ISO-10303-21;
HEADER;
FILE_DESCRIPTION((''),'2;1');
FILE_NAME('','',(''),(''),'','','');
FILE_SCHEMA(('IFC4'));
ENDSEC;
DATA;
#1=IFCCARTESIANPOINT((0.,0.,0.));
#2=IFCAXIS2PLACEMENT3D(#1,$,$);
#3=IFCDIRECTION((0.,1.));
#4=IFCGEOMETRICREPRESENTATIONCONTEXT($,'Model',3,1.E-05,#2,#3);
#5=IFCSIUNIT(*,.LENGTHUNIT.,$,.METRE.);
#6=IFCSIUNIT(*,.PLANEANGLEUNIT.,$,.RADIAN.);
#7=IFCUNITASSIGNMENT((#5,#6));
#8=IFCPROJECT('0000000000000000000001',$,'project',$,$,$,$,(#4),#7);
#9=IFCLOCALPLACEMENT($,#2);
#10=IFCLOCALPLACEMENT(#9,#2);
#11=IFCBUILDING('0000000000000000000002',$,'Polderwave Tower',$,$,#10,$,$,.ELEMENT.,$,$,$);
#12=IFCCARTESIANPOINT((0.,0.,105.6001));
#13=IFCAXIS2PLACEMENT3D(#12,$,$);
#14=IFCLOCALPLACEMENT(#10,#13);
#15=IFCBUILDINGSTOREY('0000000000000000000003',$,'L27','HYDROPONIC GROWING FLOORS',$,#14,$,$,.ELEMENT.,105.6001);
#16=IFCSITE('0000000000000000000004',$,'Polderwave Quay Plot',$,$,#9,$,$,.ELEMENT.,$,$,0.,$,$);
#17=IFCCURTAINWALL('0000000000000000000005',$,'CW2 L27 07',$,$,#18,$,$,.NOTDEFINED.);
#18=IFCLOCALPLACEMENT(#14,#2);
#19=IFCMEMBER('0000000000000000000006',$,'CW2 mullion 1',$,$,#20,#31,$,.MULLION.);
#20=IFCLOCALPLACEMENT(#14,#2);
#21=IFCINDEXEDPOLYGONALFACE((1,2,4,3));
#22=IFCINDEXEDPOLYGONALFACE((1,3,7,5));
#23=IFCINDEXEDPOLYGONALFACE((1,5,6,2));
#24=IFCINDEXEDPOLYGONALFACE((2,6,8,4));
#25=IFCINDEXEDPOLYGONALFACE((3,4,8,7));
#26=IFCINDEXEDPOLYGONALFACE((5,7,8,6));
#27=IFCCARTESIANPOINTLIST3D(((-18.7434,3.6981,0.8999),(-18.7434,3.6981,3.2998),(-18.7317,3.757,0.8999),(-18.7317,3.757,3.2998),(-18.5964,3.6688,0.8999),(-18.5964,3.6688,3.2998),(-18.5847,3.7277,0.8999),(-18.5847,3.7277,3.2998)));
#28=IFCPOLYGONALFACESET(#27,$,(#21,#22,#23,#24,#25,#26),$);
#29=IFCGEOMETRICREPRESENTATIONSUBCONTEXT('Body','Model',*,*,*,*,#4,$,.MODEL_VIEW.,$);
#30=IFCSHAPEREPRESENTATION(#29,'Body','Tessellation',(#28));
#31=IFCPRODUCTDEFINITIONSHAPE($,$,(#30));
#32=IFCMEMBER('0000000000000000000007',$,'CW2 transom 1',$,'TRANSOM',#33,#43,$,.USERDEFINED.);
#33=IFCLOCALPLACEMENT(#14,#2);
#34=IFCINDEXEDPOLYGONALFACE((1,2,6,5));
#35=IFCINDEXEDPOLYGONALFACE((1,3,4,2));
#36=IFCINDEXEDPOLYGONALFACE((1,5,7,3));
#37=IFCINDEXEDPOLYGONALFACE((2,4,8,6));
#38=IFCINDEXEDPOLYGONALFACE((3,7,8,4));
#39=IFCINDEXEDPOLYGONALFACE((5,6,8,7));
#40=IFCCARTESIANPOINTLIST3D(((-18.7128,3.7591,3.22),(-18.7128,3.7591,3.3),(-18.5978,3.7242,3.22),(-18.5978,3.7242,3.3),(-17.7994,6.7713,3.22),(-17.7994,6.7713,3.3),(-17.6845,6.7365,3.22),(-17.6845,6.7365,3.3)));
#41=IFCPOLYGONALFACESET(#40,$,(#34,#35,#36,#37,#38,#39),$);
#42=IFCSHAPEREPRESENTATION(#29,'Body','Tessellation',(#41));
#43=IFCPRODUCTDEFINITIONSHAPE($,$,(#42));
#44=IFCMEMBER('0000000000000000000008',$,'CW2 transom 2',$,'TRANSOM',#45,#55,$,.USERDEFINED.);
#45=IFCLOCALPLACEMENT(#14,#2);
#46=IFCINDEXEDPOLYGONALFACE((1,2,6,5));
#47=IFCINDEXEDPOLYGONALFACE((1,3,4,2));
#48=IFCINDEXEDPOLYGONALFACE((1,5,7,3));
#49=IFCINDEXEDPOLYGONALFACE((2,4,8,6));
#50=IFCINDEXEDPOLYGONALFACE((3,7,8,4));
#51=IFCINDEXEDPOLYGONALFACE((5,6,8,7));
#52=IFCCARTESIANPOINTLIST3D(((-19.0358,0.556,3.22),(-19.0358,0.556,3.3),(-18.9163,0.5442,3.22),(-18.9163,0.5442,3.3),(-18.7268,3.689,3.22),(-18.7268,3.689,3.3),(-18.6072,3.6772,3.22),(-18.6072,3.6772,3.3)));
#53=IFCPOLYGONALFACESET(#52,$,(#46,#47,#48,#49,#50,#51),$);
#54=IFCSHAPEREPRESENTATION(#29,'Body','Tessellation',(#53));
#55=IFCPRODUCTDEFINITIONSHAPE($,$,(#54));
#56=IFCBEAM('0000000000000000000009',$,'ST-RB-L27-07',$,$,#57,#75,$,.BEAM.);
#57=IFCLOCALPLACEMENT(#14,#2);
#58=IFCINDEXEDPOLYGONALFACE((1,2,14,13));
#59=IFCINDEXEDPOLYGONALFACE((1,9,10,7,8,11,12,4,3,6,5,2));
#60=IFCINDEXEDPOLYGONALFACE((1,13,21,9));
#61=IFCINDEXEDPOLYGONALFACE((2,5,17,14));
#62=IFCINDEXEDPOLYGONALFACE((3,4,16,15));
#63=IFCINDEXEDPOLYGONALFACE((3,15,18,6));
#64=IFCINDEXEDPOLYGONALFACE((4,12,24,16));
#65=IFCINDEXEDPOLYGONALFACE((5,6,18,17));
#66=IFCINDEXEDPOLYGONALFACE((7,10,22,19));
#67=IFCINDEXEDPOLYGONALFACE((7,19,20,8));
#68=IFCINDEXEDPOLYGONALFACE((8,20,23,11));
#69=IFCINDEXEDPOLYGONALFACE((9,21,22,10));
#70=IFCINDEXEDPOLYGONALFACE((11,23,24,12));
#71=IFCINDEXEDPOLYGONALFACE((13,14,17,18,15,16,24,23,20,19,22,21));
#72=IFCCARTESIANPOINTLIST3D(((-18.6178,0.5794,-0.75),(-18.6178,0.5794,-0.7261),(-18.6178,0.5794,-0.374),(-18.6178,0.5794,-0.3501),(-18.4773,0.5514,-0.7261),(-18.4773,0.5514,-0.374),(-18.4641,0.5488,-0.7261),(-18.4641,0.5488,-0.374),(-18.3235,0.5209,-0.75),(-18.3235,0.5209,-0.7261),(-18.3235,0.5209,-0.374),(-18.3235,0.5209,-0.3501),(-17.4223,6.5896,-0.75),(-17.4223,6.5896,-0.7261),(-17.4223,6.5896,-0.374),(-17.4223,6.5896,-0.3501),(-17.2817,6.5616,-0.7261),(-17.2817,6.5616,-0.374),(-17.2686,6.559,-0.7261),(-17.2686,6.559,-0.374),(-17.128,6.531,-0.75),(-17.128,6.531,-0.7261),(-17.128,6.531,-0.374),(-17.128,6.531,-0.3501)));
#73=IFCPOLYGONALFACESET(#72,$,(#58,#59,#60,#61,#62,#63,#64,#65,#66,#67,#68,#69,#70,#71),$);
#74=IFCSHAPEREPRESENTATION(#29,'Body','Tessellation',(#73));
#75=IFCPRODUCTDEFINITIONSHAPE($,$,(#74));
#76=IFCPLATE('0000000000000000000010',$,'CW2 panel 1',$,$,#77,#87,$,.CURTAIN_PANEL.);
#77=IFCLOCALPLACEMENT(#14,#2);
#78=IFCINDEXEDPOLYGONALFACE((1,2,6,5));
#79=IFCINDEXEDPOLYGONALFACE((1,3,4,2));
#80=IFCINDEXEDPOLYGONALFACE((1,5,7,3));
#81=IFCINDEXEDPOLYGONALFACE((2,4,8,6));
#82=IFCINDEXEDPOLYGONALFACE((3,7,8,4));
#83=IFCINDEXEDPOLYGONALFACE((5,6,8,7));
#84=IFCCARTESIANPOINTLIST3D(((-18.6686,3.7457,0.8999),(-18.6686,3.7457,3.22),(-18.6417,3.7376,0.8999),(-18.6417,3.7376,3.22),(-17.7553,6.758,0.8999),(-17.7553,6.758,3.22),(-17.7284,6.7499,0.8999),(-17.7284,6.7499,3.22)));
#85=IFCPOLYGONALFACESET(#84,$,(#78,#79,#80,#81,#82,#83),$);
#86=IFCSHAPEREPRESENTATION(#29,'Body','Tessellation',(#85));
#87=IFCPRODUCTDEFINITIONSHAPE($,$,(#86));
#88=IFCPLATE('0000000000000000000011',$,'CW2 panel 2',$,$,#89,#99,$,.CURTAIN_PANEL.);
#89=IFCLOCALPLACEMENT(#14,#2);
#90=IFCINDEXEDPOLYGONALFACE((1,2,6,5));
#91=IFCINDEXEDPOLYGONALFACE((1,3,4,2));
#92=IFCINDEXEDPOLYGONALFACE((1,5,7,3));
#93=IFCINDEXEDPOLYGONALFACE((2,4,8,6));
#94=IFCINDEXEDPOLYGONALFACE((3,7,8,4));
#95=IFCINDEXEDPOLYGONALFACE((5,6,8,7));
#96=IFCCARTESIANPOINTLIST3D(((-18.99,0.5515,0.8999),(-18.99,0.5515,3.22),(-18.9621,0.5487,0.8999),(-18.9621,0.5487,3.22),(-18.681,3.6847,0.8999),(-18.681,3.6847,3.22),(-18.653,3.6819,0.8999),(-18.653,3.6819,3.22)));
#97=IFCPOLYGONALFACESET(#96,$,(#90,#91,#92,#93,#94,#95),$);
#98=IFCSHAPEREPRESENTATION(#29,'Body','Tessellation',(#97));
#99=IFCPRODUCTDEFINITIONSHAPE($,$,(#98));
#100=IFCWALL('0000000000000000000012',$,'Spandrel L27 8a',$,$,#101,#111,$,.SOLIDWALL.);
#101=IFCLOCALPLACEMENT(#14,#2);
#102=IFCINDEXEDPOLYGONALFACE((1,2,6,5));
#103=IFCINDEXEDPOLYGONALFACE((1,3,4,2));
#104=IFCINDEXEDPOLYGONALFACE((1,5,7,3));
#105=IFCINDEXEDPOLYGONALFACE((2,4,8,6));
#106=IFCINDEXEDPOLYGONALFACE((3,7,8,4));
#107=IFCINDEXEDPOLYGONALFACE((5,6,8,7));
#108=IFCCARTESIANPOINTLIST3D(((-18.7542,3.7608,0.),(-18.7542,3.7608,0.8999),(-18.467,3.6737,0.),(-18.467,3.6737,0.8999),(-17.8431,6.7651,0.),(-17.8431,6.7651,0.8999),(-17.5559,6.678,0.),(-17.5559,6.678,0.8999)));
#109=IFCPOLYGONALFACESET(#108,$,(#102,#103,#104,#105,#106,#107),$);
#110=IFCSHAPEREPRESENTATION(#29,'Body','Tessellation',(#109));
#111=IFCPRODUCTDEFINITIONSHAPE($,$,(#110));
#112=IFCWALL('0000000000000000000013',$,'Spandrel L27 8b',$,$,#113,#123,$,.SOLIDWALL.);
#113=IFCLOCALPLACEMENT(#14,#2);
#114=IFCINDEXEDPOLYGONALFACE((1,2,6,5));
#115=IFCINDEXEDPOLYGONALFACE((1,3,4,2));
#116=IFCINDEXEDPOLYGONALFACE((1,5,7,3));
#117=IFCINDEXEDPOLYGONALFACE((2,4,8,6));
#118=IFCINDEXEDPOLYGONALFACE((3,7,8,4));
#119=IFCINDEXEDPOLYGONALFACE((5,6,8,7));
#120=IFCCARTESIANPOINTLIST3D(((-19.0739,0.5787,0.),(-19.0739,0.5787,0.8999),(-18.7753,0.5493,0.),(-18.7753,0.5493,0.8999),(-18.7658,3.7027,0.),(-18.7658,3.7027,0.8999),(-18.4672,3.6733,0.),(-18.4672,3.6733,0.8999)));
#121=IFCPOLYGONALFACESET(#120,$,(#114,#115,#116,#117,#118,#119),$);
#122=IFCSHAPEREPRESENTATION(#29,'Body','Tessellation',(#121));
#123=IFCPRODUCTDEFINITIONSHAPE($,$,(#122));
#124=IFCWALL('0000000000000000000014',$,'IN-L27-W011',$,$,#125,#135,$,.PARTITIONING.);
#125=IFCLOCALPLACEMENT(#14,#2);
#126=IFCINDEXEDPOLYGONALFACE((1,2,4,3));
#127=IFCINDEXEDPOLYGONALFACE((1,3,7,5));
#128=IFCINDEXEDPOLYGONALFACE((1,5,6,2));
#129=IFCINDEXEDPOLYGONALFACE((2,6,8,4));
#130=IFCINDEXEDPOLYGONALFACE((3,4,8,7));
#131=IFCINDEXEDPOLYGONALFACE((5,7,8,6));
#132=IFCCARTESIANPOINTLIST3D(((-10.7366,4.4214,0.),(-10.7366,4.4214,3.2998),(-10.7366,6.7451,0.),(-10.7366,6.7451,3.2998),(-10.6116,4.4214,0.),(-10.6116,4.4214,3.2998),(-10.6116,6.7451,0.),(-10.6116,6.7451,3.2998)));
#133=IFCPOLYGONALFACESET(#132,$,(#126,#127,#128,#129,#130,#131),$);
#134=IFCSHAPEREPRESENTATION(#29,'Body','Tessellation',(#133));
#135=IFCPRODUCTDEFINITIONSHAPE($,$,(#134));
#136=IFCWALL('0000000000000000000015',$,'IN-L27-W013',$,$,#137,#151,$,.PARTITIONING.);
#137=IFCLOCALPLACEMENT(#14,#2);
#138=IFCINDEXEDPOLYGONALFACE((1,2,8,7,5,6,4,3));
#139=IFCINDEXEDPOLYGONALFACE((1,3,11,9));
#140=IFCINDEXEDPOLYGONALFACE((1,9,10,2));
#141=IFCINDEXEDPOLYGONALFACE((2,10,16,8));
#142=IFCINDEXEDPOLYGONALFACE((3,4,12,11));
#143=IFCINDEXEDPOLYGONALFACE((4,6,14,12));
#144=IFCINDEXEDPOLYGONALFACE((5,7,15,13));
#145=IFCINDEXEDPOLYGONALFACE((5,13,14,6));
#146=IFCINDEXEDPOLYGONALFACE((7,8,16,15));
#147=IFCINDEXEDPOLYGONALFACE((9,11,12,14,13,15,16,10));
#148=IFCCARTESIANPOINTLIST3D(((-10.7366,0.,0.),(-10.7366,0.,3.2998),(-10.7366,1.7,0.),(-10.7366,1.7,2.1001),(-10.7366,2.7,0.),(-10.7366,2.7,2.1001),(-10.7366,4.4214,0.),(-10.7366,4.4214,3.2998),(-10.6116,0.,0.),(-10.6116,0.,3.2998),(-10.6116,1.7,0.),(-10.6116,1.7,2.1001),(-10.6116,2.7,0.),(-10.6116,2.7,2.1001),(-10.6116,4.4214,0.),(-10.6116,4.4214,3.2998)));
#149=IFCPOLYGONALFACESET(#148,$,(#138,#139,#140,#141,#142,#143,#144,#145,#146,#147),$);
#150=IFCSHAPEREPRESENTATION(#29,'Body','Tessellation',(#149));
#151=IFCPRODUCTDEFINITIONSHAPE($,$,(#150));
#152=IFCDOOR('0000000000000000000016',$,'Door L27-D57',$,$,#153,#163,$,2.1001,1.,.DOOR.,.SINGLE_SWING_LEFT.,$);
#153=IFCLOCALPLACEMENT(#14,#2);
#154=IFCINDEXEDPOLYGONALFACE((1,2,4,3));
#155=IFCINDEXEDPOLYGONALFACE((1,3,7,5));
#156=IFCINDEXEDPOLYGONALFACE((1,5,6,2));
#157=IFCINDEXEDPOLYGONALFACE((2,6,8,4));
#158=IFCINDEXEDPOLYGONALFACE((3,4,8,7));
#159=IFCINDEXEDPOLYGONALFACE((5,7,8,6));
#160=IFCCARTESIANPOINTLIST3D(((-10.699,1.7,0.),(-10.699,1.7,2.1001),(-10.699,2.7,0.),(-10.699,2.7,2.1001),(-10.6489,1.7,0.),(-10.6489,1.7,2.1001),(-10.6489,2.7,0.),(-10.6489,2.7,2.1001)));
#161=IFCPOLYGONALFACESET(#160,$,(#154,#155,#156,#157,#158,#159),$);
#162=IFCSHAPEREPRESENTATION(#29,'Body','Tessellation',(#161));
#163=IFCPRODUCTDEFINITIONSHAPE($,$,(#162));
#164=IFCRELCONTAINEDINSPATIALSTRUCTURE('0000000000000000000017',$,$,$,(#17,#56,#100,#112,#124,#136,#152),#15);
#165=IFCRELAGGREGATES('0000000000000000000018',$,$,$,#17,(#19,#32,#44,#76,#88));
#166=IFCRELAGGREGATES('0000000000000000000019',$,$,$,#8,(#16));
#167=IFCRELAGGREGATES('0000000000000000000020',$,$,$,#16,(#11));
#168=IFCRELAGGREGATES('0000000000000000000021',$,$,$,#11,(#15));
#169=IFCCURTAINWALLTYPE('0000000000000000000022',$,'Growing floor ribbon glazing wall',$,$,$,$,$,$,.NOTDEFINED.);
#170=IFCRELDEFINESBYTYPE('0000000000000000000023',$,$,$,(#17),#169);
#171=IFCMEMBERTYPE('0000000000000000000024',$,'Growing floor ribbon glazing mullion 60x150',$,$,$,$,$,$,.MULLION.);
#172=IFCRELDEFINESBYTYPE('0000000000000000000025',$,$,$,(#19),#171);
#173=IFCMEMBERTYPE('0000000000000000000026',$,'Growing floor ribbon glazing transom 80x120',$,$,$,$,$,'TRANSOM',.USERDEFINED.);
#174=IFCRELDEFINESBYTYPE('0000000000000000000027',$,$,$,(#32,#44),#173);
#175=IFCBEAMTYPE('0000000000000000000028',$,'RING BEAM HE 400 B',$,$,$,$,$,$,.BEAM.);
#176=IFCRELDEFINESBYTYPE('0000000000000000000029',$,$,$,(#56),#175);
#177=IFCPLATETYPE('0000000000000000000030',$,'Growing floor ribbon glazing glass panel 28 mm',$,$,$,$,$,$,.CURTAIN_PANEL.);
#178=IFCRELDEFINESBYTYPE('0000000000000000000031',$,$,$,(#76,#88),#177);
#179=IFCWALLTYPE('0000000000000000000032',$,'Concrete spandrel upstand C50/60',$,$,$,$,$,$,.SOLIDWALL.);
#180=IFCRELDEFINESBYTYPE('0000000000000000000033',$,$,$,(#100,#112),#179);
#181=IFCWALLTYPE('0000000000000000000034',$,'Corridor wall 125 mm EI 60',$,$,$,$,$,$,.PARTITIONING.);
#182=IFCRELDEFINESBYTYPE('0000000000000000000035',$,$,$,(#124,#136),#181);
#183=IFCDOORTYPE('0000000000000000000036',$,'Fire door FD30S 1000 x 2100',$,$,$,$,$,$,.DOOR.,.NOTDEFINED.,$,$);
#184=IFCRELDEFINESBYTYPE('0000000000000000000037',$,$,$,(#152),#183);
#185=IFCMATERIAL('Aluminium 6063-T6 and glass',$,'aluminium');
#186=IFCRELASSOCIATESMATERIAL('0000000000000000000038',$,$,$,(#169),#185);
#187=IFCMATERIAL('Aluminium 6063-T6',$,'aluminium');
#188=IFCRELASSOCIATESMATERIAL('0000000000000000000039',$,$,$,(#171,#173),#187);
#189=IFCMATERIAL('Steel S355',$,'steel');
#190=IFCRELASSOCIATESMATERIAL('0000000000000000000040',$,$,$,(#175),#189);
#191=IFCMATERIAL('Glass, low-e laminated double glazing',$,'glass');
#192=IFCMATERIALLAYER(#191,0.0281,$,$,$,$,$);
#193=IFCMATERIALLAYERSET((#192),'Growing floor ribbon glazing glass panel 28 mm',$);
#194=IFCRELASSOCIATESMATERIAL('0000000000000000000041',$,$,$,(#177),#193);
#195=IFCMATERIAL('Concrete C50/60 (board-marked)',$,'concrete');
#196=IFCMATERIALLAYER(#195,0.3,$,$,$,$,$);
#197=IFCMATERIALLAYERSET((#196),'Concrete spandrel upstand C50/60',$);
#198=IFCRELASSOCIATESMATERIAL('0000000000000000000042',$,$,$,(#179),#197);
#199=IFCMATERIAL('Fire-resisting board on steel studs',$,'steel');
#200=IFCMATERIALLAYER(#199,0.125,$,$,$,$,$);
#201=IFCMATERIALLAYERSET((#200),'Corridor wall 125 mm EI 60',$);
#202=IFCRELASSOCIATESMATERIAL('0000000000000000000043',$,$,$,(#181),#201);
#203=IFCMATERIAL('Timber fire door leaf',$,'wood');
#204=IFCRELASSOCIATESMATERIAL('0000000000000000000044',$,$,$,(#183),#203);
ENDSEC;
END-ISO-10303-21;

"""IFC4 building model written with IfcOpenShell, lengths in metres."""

from ifc_helpers import new_model, si_unit, direction, frame, frame_2d, origin, origin_2d, place, context, subcontext, project, spatial, rectangle, i_section, extrude, material, layer, layer_set, material_profile, profile_set, type_object, element, fill, aggregate, save


model = new_model("IFC4")

# Units and contexts
model_context = context("Model", 3, precision=1e-05, world=origin(), true_north=direction((0.0, 1.0)))
body_context = subcontext(model_context, "Body", "Model", "MODEL_VIEW")
ifc_project = project(units=[si_unit("LENGTHUNIT", "METRE"), si_unit("PLANEANGLEUNIT", "RADIAN")], contexts=[model_context])

# Site, building, storey
site_placement = place(None, origin())
site = spatial("IfcSite", under=ifc_project, at=site_placement, Name="Polderwave Quay Plot", CompositionType="ELEMENT", RefElevation=0.0)
building_placement = place(site_placement, origin())
building = spatial("IfcBuilding", under=site, at=building_placement, Name="Polderwave Tower", CompositionType="ELEMENT")
storey_placement = place(building_placement, frame((0.0, 0.0, 105.6001)))
storey = spatial("IfcBuildingStorey", under=building, at=storey_placement, Name="L27", Description="HYDROPONIC GROWING FLOORS", CompositionType="ELEMENT", Elevation=105.6001)

# Curtain wall, members
ifc_material_1 = material(Name="Aluminium 6063-T6 and glass", Category="aluminium")
curtain_wall_type = type_object("IfcCurtainWallType", Name="Growing floor ribbon glazing wall", PredefinedType="NOTDEFINED", material=ifc_material_1)
curtain_wall_placement = place(storey_placement, origin())
curtain_wall = element("IfcCurtainWall", 1, at=curtain_wall_placement, inside=storey, type_object=curtain_wall_type, Name="CW2 L27 07", PredefinedType="NOTDEFINED")
ifc_material_2 = material(Name="Aluminium 6063-T6", Category="aluminium")
ifc_material_profile_1 = material_profile(ifc_material_2, rectangle(XDim=0.1499, YDim=0.0601, at=origin_2d()), Name="AL 60x150")
ifc_profile_set_1 = profile_set([ifc_material_profile_1], Name="Aluminium 6063-T6")
member_type_1 = type_object("IfcMemberType", Name="Growing floor ribbon glazing mullion 60x150", PredefinedType="MULLION", material=ifc_profile_set_1)
member_1_placement = place(storey_placement, frame((-18.6641, 3.7129, 0.8999), z_axis=(0.0, 0.0, 1.0), x_axis=(0.980785, -0.195092, 0.0)))
member_1 = element("IfcMember", 2, at=member_1_placement, type_object=member_type_1, Name="CW2 mullion 1", PredefinedType="MULLION", context=body_context, shape_type="SweptSolid", body=[
    extrude(rectangle(XDim=0.1499, YDim=0.0601, at=origin_2d()), origin(), (0.0, 0.0, 1.0), 2.3999),
])
ifc_material_profile_2 = material_profile(ifc_material_2, rectangle(XDim=0.1201, YDim=0.0801, at=origin_2d()), Name="AL 80x120")
ifc_profile_set_2 = profile_set([ifc_material_profile_2], Name="Aluminium 6063-T6")
member_type_2 = type_object("IfcMemberType", Name="Growing floor ribbon glazing transom 80x120", ElementType="TRANSOM", PredefinedType="USERDEFINED", material=ifc_profile_set_2)
member_2_placement = place(storey_placement, frame((-17.7419, 6.7539, 3.26), z_axis=(-0.290165, -0.956977, 0.0), x_axis=(0.956977, -0.290165, 0.0)))
member_2 = element("IfcMember", 3, at=member_2_placement, type_object=member_type_2, Name="CW2 transom 1", ObjectType="TRANSOM", PredefinedType="USERDEFINED", context=body_context, shape_type="SweptSolid", body=[
    extrude(rectangle(XDim=0.1201, YDim=0.0801, at=origin_2d()), origin(), (0.0, 0.0, 1.0), 3.1477),
])
member_3_placement = place(storey_placement, frame((-18.667, 3.6831, 3.26), z_axis=(-0.098175, -0.995169, 0.0), x_axis=(0.995169, -0.098175, 0.0)))
member_3 = element("IfcMember", 4, at=member_3_placement, type_object=member_type_2, Name="CW2 transom 2", ObjectType="TRANSOM", PredefinedType="USERDEFINED", context=body_context, shape_type="SweptSolid", body=[
    extrude(rectangle(XDim=0.1201, YDim=0.0801, at=origin_2d()), origin(), (0.0, 0.0, 1.0), 3.1482),
])

# Beam
ifc_material_3 = material(Name="Steel S355", Category="steel")
ifc_material_profile_3 = material_profile(ifc_material_3, i_section(OverallWidth=0.3, OverallDepth=0.3999, WebThickness=0.0134, FlangeThickness=0.0239, at=origin_2d()), Name="HE 400 B")
ifc_profile_set_3 = profile_set([ifc_material_profile_3], Name="Steel S355")
beam_type = type_object("IfcBeamType", Name="RING BEAM HE 400 B", PredefinedType="BEAM", material=ifc_profile_set_3)
beam_placement = place(storey_placement, frame((-17.2751, 6.5603, -0.55), z_axis=(-0.195097, -0.980784, 0.0), x_axis=(0.980784, -0.195097, 0.0)))
element("IfcBeam", 5, at=beam_placement, inside=storey, type_object=beam_type, Name="ST-RB-L27-07", PredefinedType="BEAM", context=body_context, shape_type="SweptSolid", body=[
    extrude(i_section(OverallWidth=0.3, OverallDepth=0.3999, WebThickness=0.0134, FlangeThickness=0.0239, at=origin_2d()), origin(), (0.0, 0.0, 1.0), 6.1279),
])

# Plates
ifc_material_4 = material(Name="Glass, low-e laminated double glazing", Category="glass")
ifc_layer_1 = layer(ifc_material_4, 0.0281)
ifc_layer_set_1 = layer_set([ifc_layer_1], Name="Growing floor ribbon glazing glass panel 28 mm")
plate_type = type_object("IfcPlateType", Name="Growing floor ribbon glazing glass panel 28 mm", PredefinedType="CURTAIN_PANEL", material=ifc_layer_set_1)
plate_1_placement = place(storey_placement, frame((-18.1985, 5.2478, 0.8999), z_axis=(0.0, 0.0, 1.0), x_axis=(-0.290148, -0.956982, 0.0)))
plate_1 = element("IfcPlate", 6, at=plate_1_placement, type_object=plate_type, Name="CW2 panel 1", PredefinedType="CURTAIN_PANEL", context=body_context, shape_type="SweptSolid", body=[
    extrude(rectangle(XDim=3.1477, YDim=0.0281, at=origin_2d()), origin(), (0.0, 0.0, 1.0), 2.3201),
])
plate_2_placement = place(storey_placement, frame((-18.8215, 2.1167, 0.8999), z_axis=(0.0, 0.0, 1.0), x_axis=(-0.098165, -0.99517, 0.0)))
plate_2 = element("IfcPlate", 7, at=plate_2_placement, type_object=plate_type, Name="CW2 panel 2", PredefinedType="CURTAIN_PANEL", context=body_context, shape_type="SweptSolid", body=[
    extrude(rectangle(XDim=3.1484, YDim=0.0281, at=origin_2d()), origin(), (0.0, 0.0, 1.0), 2.3201),
])
aggregate(curtain_wall, [member_1, member_2, member_3, plate_1, plate_2])

# Walls
ifc_material_5 = material(Name="Concrete C50/60 (board-marked)", Category="concrete")
ifc_layer_2 = layer(ifc_material_5, 0.3)
ifc_layer_set_2 = layer_set([ifc_layer_2], Name="Concrete spandrel upstand C50/60")
wall_type_1 = type_object("IfcWallType", Name="Concrete spandrel upstand C50/60", PredefinedType="SOLIDWALL", material=ifc_layer_set_2)
wall_1_placement = place(storey_placement, frame((-17.6995, 6.7217, 0.0), z_axis=(0.0, 0.0, 1.0), x_axis=(-0.290215, -0.956962, 0.0)))
element("IfcWall", 8, at=wall_1_placement, inside=storey, type_object=wall_type_1, Name="Spandrel L27 8a", PredefinedType="SOLIDWALL", context=body_context, shape_type="SweptSolid", body=[
    extrude(rectangle(XDim=3.1394, YDim=0.3, at=frame_2d((1.5698, 0.0))), origin(), (0.0, 0.0, 1.0), 0.8999),
])
wall_2_placement = place(storey_placement, frame((-18.6165, 3.688, 0.0), z_axis=(0.0, 0.0, 1.0), x_axis=(-0.098148, -0.995172, 0.0)))
element("IfcWall", 9, at=wall_2_placement, inside=storey, type_object=wall_type_1, Name="Spandrel L27 8b", PredefinedType="SOLIDWALL", context=body_context, shape_type="SweptSolid", body=[
    extrude(rectangle(XDim=3.1392, YDim=0.3, at=frame_2d((1.5696, 0.0))), origin(), (0.0, 0.0, 1.0), 0.8999),
])
ifc_material_6 = material(Name="Fire-resisting board on steel studs", Category="steel")
ifc_layer_3 = layer(ifc_material_6, 0.125)
ifc_layer_set_3 = layer_set([ifc_layer_3], Name="Corridor wall 125 mm EI 60")
wall_type_2 = type_object("IfcWallType", Name="Corridor wall 125 mm EI 60", PredefinedType="PARTITIONING", material=ifc_layer_set_3)
wall_3_placement = place(storey_placement, frame((-10.6741, 4.4214, 0.0), z_axis=(0.0, 0.0, 1.0), x_axis=(0.0, 1.0, 0.0)))
element("IfcWall", 10, at=wall_3_placement, inside=storey, type_object=wall_type_2, Name="IN-L27-W011", PredefinedType="PARTITIONING", context=body_context, shape_type="SweptSolid", body=[
    extrude(rectangle(XDim=2.3237, YDim=0.125, at=frame_2d((1.1619, 0.0))), origin(), (0.0, 0.0, 1.0), 3.2998),
])

# Wall, opening, door
wall_4_placement = place(storey_placement, frame((-10.6741, 0.0, 0.0), z_axis=(0.0, 0.0, 1.0), x_axis=(0.0, 1.0, 0.0)))
wall_4 = element("IfcWall", 11, at=wall_4_placement, inside=storey, type_object=wall_type_2, Name="IN-L27-W013", PredefinedType="PARTITIONING", context=body_context, shape_type="SweptSolid", body=[
    extrude(rectangle(XDim=4.4214, YDim=0.125, at=frame_2d((2.2107, 0.0))), origin(), (0.0, 0.0, 1.0), 3.2998),
])
opening_1_placement = place(wall_4_placement, frame((1.7, 0.0, 0.0)))
opening_1 = element("IfcOpeningElement", 12, at=opening_1_placement, cuts=wall_4, PredefinedType="OPENING", context=body_context, shape_type="SweptSolid", body=[
    extrude(rectangle(XDim=1.0, YDim=2.1001, at=frame_2d((0.5, 1.05))), frame((0.0, 0.0725, 0.0), z_axis=(0.0, -1.0, 0.0), x_axis=(1.0, 0.0, 0.0)), (0.0, 0.0, 1.0), 0.145),
])
ifc_material_7 = material(Name="Timber fire door leaf", Category="wood")
door_type_1 = type_object("IfcDoorType", Name="Fire door FD30S 1000 x 2100", OperationType="NOTDEFINED", PredefinedType="DOOR", material=ifc_material_7)
door_1_placement = place(opening_1_placement, origin())
door_1 = element("IfcDoor", 13, at=door_1_placement, inside=storey, type_object=door_type_1, Name="Door L27-D57", OperationType="SINGLE_SWING_LEFT", OverallHeight=2.1001, OverallWidth=1.0, PredefinedType="DOOR", context=body_context, shape_type="SweptSolid", body=[
    extrude(rectangle(XDim=1.0, YDim=2.1001, at=frame_2d((0.5, 1.05))), frame((0.0, 0.0249, 0.0), z_axis=(0.0, -1.0, 0.0), x_axis=(1.0, 0.0, 0.0)), (0.0, 0.0, 1.0), 0.05),
])
fill(opening_1, door_1)

save(model, "model.ifc")
